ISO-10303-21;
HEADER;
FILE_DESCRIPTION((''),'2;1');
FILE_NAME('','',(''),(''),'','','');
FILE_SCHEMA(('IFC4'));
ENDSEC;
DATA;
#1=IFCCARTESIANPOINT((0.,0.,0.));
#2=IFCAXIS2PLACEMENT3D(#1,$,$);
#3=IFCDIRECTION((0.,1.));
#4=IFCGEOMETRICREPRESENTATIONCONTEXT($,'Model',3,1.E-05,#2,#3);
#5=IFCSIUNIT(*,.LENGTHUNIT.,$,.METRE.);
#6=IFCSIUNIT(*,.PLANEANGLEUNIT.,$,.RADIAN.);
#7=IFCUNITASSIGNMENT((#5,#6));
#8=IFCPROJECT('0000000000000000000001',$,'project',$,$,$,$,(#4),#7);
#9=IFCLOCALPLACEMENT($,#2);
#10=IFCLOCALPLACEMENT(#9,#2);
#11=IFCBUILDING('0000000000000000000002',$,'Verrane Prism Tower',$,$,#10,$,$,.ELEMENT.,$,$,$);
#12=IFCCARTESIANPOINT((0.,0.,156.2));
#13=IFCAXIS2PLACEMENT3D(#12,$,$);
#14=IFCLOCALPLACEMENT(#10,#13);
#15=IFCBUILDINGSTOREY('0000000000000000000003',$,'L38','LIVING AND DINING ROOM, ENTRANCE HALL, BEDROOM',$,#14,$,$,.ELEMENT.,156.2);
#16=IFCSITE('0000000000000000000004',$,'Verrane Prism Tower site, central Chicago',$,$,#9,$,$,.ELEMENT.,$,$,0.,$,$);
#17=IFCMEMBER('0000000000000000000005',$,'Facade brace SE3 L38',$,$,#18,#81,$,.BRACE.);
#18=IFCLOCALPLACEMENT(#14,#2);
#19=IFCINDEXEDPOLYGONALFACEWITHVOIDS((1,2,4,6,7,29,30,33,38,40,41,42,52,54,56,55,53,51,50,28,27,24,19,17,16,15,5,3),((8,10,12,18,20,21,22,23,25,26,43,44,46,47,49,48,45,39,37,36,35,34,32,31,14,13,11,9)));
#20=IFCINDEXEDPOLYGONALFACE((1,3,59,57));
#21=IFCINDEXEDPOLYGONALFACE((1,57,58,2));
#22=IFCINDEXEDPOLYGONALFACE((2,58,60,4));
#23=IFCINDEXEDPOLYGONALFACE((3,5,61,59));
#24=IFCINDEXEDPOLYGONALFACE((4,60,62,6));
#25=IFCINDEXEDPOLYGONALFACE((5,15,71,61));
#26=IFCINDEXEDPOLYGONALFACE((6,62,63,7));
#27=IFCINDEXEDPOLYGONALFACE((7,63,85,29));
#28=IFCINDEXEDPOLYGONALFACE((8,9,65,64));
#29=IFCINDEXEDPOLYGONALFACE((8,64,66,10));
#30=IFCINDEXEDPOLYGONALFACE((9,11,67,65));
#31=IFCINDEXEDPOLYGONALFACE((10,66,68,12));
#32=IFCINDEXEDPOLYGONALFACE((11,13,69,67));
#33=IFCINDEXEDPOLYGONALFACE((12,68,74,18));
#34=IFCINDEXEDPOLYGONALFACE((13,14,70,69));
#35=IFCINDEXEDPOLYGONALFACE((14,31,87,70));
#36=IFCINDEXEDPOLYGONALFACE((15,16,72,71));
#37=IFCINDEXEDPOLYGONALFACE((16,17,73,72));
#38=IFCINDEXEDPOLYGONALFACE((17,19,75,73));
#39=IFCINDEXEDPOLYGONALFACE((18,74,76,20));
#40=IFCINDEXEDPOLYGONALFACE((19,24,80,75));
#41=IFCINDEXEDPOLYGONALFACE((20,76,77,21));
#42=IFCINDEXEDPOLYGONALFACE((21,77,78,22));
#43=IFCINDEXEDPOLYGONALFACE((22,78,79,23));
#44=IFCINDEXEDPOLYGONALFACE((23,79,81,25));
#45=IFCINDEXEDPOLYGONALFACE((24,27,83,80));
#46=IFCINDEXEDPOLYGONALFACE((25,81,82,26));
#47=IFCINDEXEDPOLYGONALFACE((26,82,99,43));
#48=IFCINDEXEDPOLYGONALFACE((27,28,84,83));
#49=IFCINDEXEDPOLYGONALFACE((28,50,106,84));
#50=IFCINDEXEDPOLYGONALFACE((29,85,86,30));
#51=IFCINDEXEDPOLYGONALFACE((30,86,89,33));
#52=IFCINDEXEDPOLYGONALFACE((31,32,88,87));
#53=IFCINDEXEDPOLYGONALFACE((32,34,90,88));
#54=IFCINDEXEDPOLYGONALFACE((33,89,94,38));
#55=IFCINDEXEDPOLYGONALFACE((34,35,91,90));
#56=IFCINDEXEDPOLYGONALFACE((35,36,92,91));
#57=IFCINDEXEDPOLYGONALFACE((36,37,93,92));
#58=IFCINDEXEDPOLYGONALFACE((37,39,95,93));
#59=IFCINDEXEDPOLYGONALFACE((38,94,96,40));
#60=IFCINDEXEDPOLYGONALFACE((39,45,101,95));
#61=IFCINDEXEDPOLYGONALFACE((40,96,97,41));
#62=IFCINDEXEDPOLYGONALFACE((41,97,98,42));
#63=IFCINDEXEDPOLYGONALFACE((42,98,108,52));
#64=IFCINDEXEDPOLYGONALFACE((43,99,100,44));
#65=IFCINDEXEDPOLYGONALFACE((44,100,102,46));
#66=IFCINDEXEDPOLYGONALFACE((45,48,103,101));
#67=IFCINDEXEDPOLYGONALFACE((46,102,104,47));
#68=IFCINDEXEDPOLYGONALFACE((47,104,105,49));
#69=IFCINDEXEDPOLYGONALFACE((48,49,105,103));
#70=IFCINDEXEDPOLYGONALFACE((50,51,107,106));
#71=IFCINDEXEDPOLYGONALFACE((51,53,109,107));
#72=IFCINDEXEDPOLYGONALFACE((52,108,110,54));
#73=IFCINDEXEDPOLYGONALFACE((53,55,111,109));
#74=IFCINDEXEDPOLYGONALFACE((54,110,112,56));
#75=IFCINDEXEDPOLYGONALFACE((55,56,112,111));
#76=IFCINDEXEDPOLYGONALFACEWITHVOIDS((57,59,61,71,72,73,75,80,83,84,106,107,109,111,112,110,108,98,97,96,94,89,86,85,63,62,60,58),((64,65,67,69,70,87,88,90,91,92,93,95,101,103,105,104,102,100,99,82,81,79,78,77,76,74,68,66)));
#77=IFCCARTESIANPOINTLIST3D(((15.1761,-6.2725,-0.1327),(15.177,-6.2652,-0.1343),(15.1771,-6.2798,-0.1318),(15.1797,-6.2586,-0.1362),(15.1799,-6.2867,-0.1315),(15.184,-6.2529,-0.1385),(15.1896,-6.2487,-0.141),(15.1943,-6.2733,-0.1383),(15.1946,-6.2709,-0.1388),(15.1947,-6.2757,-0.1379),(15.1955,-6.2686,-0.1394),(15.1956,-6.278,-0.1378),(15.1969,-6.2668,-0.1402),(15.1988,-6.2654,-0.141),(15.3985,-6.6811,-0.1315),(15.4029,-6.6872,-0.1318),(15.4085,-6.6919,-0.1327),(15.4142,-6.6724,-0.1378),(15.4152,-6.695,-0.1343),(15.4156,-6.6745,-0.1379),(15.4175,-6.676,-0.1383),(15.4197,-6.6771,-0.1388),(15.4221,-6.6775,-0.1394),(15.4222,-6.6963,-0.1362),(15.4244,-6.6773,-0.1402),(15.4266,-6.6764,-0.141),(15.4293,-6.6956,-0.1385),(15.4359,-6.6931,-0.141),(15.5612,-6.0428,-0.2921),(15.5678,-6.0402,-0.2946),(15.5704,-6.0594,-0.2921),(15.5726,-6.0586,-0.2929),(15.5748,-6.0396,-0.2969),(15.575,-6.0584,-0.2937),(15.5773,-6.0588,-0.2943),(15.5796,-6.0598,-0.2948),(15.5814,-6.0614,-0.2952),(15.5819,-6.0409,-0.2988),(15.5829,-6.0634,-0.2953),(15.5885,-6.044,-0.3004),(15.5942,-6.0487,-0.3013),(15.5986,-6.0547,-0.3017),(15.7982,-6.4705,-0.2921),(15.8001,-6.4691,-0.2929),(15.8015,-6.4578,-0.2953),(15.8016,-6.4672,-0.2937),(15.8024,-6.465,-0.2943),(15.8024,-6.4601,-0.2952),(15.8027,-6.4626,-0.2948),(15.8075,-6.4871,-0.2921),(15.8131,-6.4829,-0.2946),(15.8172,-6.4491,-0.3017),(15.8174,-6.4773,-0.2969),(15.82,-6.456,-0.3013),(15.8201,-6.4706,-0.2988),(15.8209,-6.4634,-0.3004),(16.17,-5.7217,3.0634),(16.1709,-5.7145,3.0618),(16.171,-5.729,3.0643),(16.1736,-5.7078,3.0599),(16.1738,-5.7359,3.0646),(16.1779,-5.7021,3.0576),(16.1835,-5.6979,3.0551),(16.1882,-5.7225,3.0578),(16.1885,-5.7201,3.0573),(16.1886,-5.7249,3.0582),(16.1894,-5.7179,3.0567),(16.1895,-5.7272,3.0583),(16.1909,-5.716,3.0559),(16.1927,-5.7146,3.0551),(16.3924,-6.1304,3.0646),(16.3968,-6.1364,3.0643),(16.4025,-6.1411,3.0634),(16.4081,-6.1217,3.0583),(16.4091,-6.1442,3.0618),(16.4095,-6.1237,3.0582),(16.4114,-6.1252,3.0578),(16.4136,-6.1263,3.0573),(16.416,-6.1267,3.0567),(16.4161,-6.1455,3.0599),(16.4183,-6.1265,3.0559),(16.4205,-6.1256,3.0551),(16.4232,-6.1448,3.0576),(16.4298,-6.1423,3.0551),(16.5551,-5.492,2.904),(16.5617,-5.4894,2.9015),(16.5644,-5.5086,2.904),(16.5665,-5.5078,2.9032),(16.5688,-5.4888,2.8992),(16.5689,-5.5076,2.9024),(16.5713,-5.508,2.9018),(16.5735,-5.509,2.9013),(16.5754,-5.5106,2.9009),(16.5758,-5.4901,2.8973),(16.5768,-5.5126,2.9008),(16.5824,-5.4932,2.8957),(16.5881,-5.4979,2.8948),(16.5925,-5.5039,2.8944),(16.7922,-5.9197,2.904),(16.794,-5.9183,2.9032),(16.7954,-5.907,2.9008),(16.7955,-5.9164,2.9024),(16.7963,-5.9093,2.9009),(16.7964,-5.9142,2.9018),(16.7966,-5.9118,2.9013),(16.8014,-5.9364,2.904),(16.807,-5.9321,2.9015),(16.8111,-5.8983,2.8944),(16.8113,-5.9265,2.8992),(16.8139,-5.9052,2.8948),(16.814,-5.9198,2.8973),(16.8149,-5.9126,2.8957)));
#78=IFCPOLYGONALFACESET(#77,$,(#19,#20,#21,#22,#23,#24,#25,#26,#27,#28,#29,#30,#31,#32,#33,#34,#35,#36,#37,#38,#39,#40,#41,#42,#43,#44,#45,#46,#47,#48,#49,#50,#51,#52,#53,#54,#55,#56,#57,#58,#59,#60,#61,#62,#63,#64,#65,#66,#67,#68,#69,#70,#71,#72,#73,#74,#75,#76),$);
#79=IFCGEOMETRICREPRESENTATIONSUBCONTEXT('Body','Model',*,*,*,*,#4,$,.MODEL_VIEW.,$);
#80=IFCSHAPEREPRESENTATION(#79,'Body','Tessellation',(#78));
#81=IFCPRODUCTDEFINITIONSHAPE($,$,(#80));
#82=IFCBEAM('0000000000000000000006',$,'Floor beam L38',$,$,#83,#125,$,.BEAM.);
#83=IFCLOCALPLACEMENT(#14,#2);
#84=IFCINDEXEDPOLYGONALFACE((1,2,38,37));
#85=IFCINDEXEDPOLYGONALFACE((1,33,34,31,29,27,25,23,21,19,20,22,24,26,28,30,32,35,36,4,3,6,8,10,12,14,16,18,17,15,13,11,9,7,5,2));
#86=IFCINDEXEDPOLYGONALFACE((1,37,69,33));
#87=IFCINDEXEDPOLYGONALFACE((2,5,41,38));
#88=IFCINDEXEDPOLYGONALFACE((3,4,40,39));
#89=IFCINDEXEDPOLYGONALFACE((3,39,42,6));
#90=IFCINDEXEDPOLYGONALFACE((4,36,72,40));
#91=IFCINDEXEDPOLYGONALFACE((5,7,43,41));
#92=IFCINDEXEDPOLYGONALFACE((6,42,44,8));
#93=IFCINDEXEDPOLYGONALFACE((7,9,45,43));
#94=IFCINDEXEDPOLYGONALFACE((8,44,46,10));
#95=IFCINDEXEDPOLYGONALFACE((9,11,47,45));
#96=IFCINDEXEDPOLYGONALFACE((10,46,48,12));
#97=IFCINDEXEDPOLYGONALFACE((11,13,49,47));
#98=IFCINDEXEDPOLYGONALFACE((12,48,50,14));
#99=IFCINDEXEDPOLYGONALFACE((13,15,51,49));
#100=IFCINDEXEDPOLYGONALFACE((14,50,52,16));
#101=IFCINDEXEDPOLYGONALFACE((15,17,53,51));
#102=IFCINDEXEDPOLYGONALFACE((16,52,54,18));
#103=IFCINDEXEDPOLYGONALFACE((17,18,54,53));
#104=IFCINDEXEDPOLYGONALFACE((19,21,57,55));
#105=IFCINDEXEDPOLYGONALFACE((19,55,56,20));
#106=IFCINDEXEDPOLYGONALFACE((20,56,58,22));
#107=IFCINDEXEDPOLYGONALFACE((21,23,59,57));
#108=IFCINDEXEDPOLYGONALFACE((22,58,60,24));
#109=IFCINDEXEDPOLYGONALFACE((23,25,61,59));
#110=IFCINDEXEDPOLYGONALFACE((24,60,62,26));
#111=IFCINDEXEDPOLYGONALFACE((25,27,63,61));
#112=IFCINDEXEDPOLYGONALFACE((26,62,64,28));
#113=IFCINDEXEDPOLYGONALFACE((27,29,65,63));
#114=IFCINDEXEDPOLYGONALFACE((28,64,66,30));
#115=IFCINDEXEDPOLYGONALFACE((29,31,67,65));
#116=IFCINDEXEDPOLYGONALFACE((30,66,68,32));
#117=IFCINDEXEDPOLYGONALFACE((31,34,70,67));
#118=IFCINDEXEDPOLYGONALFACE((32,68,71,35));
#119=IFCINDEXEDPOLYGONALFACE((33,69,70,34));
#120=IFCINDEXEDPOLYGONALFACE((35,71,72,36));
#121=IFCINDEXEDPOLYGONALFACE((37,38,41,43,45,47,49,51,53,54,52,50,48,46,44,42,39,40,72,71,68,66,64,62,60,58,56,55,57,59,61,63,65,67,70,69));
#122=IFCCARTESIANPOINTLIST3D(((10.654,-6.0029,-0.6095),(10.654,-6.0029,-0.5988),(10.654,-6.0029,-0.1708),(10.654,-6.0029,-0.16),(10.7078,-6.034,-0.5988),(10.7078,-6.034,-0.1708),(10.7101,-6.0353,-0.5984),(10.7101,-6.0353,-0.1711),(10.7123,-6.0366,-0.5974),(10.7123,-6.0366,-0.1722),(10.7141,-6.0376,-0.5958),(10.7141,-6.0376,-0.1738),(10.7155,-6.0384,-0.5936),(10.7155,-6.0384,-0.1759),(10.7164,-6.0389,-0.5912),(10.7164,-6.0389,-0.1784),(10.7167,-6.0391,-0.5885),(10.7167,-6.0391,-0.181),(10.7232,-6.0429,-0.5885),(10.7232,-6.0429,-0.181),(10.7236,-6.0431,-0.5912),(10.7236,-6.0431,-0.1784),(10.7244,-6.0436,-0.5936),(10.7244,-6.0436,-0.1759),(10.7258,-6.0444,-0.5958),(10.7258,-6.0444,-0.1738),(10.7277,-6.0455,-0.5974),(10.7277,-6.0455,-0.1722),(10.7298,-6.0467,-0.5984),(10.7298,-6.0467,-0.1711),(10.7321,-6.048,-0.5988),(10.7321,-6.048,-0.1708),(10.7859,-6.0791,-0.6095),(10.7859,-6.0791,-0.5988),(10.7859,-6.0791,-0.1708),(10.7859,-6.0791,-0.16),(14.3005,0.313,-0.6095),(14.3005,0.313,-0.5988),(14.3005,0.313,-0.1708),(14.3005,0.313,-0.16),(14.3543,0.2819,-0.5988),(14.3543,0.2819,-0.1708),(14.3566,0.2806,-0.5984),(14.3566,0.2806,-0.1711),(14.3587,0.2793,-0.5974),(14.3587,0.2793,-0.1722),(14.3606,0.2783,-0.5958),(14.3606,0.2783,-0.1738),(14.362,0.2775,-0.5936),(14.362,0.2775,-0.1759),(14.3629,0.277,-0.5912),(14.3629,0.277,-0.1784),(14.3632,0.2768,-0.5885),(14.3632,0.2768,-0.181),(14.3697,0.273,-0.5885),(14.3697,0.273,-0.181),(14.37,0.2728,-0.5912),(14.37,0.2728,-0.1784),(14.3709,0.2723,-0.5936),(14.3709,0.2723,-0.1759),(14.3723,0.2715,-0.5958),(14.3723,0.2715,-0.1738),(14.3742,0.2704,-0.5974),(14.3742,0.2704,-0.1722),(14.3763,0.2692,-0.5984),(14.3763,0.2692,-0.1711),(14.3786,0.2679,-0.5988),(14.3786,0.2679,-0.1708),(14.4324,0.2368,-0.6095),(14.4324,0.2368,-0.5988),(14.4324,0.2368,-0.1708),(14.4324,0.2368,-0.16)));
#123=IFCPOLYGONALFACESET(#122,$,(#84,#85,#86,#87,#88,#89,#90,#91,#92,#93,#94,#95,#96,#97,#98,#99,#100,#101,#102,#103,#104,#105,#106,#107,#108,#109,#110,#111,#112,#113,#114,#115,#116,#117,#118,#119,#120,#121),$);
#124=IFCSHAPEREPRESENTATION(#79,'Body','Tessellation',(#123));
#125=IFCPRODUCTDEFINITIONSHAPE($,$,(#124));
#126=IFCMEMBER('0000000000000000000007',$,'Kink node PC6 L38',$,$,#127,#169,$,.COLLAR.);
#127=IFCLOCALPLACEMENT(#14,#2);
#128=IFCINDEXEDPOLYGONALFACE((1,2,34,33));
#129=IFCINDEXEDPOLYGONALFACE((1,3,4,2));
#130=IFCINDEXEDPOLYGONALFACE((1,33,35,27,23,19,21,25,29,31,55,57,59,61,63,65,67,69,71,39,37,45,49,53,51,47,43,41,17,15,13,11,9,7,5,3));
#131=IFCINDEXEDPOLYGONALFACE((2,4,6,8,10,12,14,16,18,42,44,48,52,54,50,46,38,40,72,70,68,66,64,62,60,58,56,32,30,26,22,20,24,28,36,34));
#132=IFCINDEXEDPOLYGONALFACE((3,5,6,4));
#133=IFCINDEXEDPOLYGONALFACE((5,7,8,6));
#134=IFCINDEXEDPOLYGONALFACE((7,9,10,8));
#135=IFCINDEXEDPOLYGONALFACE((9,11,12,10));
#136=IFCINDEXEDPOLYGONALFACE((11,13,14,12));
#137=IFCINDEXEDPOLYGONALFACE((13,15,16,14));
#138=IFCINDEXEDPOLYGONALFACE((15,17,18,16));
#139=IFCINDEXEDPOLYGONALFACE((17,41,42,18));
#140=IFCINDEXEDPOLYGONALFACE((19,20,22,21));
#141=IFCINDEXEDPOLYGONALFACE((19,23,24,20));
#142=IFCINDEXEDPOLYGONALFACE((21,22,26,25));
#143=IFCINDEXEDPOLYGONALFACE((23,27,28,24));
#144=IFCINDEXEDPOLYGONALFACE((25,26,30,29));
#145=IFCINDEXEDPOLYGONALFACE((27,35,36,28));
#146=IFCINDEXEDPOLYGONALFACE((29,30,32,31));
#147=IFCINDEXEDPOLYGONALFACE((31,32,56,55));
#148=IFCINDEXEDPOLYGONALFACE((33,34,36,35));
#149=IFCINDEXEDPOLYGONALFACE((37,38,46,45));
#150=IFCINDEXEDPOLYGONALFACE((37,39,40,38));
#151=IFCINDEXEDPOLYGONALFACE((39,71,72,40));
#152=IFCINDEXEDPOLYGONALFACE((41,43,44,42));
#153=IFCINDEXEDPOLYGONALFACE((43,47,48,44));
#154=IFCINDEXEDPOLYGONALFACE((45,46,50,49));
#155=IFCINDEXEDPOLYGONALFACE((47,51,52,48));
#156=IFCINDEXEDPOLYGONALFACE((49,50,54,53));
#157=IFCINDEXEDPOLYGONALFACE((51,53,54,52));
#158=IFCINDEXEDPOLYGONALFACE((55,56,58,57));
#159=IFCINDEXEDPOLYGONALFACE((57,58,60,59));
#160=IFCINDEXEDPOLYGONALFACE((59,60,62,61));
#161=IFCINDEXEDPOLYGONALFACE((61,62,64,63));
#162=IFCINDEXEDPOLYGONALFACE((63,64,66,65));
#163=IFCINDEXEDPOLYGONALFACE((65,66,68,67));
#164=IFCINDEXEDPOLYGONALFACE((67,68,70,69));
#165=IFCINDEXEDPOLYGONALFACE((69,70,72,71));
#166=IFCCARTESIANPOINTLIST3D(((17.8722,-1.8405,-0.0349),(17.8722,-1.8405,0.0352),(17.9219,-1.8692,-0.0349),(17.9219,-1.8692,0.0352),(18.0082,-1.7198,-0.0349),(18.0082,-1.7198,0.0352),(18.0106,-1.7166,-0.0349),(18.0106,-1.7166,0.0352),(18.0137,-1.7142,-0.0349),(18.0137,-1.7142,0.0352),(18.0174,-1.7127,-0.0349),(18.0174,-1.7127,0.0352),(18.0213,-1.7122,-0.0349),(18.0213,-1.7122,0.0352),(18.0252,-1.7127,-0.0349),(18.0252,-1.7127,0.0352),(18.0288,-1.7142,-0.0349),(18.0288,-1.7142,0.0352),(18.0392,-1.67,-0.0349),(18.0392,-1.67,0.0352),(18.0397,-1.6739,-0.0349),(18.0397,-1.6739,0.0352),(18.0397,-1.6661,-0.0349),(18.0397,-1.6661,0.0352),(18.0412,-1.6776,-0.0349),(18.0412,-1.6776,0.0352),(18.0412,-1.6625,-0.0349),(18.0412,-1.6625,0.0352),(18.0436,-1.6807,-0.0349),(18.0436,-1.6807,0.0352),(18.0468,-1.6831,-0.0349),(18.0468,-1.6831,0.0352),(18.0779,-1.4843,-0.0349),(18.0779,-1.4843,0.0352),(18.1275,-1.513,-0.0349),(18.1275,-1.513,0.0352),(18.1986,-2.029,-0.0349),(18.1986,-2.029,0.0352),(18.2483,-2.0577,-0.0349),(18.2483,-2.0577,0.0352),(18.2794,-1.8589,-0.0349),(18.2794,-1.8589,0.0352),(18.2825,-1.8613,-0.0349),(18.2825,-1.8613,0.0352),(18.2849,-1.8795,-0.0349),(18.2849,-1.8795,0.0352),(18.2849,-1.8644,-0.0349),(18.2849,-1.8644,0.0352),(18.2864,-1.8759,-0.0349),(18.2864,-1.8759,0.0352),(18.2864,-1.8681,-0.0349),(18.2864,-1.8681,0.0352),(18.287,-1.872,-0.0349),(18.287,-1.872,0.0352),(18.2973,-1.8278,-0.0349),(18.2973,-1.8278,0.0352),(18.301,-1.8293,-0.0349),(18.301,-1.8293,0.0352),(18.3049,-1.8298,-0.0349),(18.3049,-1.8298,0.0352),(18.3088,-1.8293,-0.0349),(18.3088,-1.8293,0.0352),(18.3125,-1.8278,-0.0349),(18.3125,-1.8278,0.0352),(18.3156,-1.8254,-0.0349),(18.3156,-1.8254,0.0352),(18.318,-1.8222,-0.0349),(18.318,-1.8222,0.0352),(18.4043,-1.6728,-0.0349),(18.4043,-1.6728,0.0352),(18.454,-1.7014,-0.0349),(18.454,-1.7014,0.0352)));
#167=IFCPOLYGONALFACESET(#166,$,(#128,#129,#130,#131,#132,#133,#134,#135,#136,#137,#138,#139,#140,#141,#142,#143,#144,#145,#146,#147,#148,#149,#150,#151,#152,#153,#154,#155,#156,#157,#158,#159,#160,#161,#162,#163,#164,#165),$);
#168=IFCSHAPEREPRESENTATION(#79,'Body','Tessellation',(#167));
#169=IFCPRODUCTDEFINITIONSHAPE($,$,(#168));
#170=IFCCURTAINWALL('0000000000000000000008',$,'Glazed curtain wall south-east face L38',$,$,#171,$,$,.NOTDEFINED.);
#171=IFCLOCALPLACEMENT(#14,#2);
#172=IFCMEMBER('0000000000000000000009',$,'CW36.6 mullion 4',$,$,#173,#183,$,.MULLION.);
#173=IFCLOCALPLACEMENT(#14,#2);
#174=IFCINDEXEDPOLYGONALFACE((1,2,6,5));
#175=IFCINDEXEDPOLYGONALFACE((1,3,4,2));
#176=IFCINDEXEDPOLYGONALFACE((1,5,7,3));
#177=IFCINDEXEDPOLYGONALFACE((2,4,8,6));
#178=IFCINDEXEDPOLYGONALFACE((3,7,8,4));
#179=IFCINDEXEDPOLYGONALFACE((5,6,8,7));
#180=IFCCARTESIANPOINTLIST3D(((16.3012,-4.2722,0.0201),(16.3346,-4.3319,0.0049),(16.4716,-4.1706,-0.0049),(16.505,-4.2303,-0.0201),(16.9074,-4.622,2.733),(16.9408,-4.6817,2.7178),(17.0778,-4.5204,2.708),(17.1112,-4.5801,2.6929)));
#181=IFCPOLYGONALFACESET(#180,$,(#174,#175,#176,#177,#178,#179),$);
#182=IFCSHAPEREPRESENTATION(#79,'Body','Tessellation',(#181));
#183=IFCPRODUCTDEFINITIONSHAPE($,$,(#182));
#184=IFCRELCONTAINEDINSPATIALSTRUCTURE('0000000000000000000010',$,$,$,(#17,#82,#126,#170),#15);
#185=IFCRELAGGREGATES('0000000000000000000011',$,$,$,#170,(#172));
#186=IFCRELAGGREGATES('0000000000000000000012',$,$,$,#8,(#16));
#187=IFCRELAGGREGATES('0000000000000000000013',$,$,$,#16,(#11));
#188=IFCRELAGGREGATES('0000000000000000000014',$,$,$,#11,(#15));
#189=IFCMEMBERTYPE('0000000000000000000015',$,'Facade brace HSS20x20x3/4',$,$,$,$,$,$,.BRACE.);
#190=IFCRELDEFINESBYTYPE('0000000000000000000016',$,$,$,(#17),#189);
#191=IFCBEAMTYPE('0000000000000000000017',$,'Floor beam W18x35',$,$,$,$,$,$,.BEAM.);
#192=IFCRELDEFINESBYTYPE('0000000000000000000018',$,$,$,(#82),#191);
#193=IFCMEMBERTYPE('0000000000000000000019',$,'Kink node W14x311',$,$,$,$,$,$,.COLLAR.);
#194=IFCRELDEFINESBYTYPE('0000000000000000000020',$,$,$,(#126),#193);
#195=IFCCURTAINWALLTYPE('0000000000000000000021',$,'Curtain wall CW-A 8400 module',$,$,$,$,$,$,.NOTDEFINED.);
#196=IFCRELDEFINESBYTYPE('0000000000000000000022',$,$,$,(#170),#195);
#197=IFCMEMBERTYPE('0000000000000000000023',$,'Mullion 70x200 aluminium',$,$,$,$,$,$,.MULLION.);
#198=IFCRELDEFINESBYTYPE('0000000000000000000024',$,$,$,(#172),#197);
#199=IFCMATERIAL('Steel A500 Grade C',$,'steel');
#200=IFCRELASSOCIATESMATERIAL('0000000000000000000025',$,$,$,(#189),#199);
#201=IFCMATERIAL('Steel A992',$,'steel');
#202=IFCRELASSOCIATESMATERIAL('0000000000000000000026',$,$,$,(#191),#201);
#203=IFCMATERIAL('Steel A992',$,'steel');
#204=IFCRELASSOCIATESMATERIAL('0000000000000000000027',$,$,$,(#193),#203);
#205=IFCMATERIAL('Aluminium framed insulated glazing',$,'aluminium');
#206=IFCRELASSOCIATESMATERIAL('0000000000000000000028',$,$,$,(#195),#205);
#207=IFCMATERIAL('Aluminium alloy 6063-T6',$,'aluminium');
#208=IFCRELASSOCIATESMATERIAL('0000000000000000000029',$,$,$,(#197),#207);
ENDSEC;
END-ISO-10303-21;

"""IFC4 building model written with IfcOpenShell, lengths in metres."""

from ifc_helpers import new_model, si_unit, direction, frame, origin, origin_2d, place, context, subcontext, project, spatial, rectangle, hollow_rectangle, i_section, extrude, material, material_profile, profile_set, type_object, element, aggregate, save


model = new_model("IFC4")

# Units and contexts
model_context = context("Model", 3, precision=1e-05, world=origin(), true_north=direction((0.0, 1.0)))
body_context = subcontext(model_context, "Body", "Model", "MODEL_VIEW")
ifc_project = project(units=[si_unit("LENGTHUNIT", "METRE"), si_unit("PLANEANGLEUNIT", "RADIAN")], contexts=[model_context])

# Site, building, storey
site_placement = place(None, origin())
site = spatial("IfcSite", under=ifc_project, at=site_placement, Name="Verrane Prism Tower site, central Chicago", CompositionType="ELEMENT", RefElevation=0.0)
building_placement = place(site_placement, origin())
building = spatial("IfcBuilding", under=site, at=building_placement, Name="Verrane Prism Tower", CompositionType="ELEMENT")
storey_placement = place(building_placement, frame((0.0, 0.0, 156.2)))
storey = spatial("IfcBuildingStorey", under=building, at=storey_placement, Name="L38", Description="LIVING AND DINING ROOM, ENTRANCE HALL, BEDROOM", CompositionType="ELEMENT", Elevation=156.2)

# Member
ifc_material_1 = material(Name="Steel A500 Grade C", Category="steel")
ifc_material_profile_1 = material_profile(ifc_material_1, hollow_rectangle(XDim=0.5081, YDim=0.5081, WallThickness=0.019, InnerFilletRadius=0.0095, OuterFilletRadius=0.0286, at=origin_2d()), Name="HSS20x20x3/4")
ifc_profile_set_1 = profile_set([ifc_material_profile_1], Name="Steel A500 Grade C")
member_type_1 = type_object("IfcMemberType", Name="Facade brace HSS20x20x3/4", PredefinedType="BRACE", material=ifc_profile_set_1)
member_1_placement = place(storey_placement, frame((15.4985, -6.3679, -0.2166), z_axis=(0.293009, 0.162375, 0.942221), x_axis=(-0.484712, 0.874674, 0.0)))
element("IfcMember", 1, at=member_1_placement, inside=storey, type_object=member_type_1, Name="Facade brace SE3 L38", PredefinedType="BRACE", context=body_context, shape_type="SweptSolid", body=[
    extrude(hollow_rectangle(XDim=0.5081, YDim=0.5081, WallThickness=0.019, InnerFilletRadius=0.0095, OuterFilletRadius=0.0286, at=origin_2d()), origin(), (0.0, 0.0, 1.0), 3.3921),
])

# Beam
ifc_material_2 = material(Name="Steel A992", Category="steel")
ifc_material_profile_2 = material_profile(ifc_material_2, i_section(OverallWidth=0.1523, OverallDepth=0.4495, WebThickness=0.0076, FlangeThickness=0.0107, FilletRadius=0.0103, at=origin_2d()), Name="W18x35")
ifc_profile_set_2 = profile_set([ifc_material_profile_2], Name="Steel A992")
beam_type_1 = type_object("IfcBeamType", Name="Floor beam W18x35", PredefinedType="BEAM", material=ifc_profile_set_2)
beam_1_placement = place(storey_placement, frame((10.72, -6.041, -0.3848), z_axis=(0.499999, 0.866026, 0.0), x_axis=(-0.866026, 0.499999, 0.0)))
element("IfcBeam", 2, at=beam_1_placement, inside=storey, type_object=beam_type_1, Name="Floor beam L38", PredefinedType="BEAM", context=body_context, shape_type="SweptSolid", body=[
    extrude(i_section(OverallWidth=0.1523, OverallDepth=0.4495, WebThickness=0.0076, FlangeThickness=0.0107, FilletRadius=0.0103, at=origin_2d()), origin(), (0.0, 0.0, 1.0), 7.293),
])

# Member
ifc_material_3 = material(Name="Steel A992", Category="steel")
ifc_material_profile_3 = material_profile(ifc_material_3, i_section(OverallWidth=0.4114, OverallDepth=0.4343, WebThickness=0.0359, FlangeThickness=0.0574, FilletRadius=0.0151, at=origin_2d()), Name="W14x311")
ifc_profile_set_3 = profile_set([ifc_material_profile_3], Name="Steel A992")
member_type_2 = type_object("IfcMemberType", Name="Kink node W14x311", PredefinedType="COLLAR", material=ifc_profile_set_3)
member_2_placement = place(storey_placement, frame((18.1631, -1.771, -0.0349), z_axis=(0.0, 0.0, 1.0), x_axis=(-0.5, -0.866025, 0.0)))
element("IfcMember", 3, at=member_2_placement, inside=storey, type_object=member_type_2, Name="Kink node PC6 L38", PredefinedType="COLLAR", context=body_context, shape_type="SweptSolid", body=[
    extrude(i_section(OverallWidth=0.4114, OverallDepth=0.4343, WebThickness=0.0359, FlangeThickness=0.0574, FilletRadius=0.0151, at=origin_2d()), origin(), (0.0, 0.0, 1.0), 0.0701),
])

# Curtain wall, member
ifc_material_4 = material(Name="Aluminium framed insulated glazing", Category="aluminium")
curtain_wall_type = type_object("IfcCurtainWallType", Name="Curtain wall CW-A 8400 module", PredefinedType="NOTDEFINED", material=ifc_material_4)
curtain_wall_placement = place(storey_placement, origin())
curtain_wall = element("IfcCurtainWall", 4, at=curtain_wall_placement, inside=storey, type_object=curtain_wall_type, Name="Glazed curtain wall south-east face L38", PredefinedType="NOTDEFINED")
ifc_material_5 = material(Name="Aluminium alloy 6063-T6", Category="aluminium")
ifc_material_profile_4 = material_profile(ifc_material_5, rectangle(XDim=0.2, YDim=0.0701, at=origin_2d()), Name="Mullion 70x200 aluminium")
ifc_profile_set_4 = profile_set([ifc_material_profile_4], Name="Aluminium alloy 6063-T6")
member_type_3 = type_object("IfcMemberType", Name="Mullion 70x200 aluminium", PredefinedType="MULLION", material=ifc_profile_set_4)
member_3_placement = place(storey_placement, frame((16.4031, -4.2512, 0.0), z_axis=(0.216367, -0.124871, 0.968294), x_axis=(-0.85221, -0.50807, 0.124908)))
member_3 = element("IfcMember", 5, at=member_3_placement, type_object=member_type_3, Name="CW36.6 mullion 4", PredefinedType="MULLION", context=body_context, shape_type="SweptSolid", body=[
    extrude(rectangle(XDim=0.2, YDim=0.0701, at=origin_2d()), origin(), (0.0, 0.0, 1.0), 2.8018),
])

aggregate(curtain_wall, [member_3])

save(model, "model.ifc")
